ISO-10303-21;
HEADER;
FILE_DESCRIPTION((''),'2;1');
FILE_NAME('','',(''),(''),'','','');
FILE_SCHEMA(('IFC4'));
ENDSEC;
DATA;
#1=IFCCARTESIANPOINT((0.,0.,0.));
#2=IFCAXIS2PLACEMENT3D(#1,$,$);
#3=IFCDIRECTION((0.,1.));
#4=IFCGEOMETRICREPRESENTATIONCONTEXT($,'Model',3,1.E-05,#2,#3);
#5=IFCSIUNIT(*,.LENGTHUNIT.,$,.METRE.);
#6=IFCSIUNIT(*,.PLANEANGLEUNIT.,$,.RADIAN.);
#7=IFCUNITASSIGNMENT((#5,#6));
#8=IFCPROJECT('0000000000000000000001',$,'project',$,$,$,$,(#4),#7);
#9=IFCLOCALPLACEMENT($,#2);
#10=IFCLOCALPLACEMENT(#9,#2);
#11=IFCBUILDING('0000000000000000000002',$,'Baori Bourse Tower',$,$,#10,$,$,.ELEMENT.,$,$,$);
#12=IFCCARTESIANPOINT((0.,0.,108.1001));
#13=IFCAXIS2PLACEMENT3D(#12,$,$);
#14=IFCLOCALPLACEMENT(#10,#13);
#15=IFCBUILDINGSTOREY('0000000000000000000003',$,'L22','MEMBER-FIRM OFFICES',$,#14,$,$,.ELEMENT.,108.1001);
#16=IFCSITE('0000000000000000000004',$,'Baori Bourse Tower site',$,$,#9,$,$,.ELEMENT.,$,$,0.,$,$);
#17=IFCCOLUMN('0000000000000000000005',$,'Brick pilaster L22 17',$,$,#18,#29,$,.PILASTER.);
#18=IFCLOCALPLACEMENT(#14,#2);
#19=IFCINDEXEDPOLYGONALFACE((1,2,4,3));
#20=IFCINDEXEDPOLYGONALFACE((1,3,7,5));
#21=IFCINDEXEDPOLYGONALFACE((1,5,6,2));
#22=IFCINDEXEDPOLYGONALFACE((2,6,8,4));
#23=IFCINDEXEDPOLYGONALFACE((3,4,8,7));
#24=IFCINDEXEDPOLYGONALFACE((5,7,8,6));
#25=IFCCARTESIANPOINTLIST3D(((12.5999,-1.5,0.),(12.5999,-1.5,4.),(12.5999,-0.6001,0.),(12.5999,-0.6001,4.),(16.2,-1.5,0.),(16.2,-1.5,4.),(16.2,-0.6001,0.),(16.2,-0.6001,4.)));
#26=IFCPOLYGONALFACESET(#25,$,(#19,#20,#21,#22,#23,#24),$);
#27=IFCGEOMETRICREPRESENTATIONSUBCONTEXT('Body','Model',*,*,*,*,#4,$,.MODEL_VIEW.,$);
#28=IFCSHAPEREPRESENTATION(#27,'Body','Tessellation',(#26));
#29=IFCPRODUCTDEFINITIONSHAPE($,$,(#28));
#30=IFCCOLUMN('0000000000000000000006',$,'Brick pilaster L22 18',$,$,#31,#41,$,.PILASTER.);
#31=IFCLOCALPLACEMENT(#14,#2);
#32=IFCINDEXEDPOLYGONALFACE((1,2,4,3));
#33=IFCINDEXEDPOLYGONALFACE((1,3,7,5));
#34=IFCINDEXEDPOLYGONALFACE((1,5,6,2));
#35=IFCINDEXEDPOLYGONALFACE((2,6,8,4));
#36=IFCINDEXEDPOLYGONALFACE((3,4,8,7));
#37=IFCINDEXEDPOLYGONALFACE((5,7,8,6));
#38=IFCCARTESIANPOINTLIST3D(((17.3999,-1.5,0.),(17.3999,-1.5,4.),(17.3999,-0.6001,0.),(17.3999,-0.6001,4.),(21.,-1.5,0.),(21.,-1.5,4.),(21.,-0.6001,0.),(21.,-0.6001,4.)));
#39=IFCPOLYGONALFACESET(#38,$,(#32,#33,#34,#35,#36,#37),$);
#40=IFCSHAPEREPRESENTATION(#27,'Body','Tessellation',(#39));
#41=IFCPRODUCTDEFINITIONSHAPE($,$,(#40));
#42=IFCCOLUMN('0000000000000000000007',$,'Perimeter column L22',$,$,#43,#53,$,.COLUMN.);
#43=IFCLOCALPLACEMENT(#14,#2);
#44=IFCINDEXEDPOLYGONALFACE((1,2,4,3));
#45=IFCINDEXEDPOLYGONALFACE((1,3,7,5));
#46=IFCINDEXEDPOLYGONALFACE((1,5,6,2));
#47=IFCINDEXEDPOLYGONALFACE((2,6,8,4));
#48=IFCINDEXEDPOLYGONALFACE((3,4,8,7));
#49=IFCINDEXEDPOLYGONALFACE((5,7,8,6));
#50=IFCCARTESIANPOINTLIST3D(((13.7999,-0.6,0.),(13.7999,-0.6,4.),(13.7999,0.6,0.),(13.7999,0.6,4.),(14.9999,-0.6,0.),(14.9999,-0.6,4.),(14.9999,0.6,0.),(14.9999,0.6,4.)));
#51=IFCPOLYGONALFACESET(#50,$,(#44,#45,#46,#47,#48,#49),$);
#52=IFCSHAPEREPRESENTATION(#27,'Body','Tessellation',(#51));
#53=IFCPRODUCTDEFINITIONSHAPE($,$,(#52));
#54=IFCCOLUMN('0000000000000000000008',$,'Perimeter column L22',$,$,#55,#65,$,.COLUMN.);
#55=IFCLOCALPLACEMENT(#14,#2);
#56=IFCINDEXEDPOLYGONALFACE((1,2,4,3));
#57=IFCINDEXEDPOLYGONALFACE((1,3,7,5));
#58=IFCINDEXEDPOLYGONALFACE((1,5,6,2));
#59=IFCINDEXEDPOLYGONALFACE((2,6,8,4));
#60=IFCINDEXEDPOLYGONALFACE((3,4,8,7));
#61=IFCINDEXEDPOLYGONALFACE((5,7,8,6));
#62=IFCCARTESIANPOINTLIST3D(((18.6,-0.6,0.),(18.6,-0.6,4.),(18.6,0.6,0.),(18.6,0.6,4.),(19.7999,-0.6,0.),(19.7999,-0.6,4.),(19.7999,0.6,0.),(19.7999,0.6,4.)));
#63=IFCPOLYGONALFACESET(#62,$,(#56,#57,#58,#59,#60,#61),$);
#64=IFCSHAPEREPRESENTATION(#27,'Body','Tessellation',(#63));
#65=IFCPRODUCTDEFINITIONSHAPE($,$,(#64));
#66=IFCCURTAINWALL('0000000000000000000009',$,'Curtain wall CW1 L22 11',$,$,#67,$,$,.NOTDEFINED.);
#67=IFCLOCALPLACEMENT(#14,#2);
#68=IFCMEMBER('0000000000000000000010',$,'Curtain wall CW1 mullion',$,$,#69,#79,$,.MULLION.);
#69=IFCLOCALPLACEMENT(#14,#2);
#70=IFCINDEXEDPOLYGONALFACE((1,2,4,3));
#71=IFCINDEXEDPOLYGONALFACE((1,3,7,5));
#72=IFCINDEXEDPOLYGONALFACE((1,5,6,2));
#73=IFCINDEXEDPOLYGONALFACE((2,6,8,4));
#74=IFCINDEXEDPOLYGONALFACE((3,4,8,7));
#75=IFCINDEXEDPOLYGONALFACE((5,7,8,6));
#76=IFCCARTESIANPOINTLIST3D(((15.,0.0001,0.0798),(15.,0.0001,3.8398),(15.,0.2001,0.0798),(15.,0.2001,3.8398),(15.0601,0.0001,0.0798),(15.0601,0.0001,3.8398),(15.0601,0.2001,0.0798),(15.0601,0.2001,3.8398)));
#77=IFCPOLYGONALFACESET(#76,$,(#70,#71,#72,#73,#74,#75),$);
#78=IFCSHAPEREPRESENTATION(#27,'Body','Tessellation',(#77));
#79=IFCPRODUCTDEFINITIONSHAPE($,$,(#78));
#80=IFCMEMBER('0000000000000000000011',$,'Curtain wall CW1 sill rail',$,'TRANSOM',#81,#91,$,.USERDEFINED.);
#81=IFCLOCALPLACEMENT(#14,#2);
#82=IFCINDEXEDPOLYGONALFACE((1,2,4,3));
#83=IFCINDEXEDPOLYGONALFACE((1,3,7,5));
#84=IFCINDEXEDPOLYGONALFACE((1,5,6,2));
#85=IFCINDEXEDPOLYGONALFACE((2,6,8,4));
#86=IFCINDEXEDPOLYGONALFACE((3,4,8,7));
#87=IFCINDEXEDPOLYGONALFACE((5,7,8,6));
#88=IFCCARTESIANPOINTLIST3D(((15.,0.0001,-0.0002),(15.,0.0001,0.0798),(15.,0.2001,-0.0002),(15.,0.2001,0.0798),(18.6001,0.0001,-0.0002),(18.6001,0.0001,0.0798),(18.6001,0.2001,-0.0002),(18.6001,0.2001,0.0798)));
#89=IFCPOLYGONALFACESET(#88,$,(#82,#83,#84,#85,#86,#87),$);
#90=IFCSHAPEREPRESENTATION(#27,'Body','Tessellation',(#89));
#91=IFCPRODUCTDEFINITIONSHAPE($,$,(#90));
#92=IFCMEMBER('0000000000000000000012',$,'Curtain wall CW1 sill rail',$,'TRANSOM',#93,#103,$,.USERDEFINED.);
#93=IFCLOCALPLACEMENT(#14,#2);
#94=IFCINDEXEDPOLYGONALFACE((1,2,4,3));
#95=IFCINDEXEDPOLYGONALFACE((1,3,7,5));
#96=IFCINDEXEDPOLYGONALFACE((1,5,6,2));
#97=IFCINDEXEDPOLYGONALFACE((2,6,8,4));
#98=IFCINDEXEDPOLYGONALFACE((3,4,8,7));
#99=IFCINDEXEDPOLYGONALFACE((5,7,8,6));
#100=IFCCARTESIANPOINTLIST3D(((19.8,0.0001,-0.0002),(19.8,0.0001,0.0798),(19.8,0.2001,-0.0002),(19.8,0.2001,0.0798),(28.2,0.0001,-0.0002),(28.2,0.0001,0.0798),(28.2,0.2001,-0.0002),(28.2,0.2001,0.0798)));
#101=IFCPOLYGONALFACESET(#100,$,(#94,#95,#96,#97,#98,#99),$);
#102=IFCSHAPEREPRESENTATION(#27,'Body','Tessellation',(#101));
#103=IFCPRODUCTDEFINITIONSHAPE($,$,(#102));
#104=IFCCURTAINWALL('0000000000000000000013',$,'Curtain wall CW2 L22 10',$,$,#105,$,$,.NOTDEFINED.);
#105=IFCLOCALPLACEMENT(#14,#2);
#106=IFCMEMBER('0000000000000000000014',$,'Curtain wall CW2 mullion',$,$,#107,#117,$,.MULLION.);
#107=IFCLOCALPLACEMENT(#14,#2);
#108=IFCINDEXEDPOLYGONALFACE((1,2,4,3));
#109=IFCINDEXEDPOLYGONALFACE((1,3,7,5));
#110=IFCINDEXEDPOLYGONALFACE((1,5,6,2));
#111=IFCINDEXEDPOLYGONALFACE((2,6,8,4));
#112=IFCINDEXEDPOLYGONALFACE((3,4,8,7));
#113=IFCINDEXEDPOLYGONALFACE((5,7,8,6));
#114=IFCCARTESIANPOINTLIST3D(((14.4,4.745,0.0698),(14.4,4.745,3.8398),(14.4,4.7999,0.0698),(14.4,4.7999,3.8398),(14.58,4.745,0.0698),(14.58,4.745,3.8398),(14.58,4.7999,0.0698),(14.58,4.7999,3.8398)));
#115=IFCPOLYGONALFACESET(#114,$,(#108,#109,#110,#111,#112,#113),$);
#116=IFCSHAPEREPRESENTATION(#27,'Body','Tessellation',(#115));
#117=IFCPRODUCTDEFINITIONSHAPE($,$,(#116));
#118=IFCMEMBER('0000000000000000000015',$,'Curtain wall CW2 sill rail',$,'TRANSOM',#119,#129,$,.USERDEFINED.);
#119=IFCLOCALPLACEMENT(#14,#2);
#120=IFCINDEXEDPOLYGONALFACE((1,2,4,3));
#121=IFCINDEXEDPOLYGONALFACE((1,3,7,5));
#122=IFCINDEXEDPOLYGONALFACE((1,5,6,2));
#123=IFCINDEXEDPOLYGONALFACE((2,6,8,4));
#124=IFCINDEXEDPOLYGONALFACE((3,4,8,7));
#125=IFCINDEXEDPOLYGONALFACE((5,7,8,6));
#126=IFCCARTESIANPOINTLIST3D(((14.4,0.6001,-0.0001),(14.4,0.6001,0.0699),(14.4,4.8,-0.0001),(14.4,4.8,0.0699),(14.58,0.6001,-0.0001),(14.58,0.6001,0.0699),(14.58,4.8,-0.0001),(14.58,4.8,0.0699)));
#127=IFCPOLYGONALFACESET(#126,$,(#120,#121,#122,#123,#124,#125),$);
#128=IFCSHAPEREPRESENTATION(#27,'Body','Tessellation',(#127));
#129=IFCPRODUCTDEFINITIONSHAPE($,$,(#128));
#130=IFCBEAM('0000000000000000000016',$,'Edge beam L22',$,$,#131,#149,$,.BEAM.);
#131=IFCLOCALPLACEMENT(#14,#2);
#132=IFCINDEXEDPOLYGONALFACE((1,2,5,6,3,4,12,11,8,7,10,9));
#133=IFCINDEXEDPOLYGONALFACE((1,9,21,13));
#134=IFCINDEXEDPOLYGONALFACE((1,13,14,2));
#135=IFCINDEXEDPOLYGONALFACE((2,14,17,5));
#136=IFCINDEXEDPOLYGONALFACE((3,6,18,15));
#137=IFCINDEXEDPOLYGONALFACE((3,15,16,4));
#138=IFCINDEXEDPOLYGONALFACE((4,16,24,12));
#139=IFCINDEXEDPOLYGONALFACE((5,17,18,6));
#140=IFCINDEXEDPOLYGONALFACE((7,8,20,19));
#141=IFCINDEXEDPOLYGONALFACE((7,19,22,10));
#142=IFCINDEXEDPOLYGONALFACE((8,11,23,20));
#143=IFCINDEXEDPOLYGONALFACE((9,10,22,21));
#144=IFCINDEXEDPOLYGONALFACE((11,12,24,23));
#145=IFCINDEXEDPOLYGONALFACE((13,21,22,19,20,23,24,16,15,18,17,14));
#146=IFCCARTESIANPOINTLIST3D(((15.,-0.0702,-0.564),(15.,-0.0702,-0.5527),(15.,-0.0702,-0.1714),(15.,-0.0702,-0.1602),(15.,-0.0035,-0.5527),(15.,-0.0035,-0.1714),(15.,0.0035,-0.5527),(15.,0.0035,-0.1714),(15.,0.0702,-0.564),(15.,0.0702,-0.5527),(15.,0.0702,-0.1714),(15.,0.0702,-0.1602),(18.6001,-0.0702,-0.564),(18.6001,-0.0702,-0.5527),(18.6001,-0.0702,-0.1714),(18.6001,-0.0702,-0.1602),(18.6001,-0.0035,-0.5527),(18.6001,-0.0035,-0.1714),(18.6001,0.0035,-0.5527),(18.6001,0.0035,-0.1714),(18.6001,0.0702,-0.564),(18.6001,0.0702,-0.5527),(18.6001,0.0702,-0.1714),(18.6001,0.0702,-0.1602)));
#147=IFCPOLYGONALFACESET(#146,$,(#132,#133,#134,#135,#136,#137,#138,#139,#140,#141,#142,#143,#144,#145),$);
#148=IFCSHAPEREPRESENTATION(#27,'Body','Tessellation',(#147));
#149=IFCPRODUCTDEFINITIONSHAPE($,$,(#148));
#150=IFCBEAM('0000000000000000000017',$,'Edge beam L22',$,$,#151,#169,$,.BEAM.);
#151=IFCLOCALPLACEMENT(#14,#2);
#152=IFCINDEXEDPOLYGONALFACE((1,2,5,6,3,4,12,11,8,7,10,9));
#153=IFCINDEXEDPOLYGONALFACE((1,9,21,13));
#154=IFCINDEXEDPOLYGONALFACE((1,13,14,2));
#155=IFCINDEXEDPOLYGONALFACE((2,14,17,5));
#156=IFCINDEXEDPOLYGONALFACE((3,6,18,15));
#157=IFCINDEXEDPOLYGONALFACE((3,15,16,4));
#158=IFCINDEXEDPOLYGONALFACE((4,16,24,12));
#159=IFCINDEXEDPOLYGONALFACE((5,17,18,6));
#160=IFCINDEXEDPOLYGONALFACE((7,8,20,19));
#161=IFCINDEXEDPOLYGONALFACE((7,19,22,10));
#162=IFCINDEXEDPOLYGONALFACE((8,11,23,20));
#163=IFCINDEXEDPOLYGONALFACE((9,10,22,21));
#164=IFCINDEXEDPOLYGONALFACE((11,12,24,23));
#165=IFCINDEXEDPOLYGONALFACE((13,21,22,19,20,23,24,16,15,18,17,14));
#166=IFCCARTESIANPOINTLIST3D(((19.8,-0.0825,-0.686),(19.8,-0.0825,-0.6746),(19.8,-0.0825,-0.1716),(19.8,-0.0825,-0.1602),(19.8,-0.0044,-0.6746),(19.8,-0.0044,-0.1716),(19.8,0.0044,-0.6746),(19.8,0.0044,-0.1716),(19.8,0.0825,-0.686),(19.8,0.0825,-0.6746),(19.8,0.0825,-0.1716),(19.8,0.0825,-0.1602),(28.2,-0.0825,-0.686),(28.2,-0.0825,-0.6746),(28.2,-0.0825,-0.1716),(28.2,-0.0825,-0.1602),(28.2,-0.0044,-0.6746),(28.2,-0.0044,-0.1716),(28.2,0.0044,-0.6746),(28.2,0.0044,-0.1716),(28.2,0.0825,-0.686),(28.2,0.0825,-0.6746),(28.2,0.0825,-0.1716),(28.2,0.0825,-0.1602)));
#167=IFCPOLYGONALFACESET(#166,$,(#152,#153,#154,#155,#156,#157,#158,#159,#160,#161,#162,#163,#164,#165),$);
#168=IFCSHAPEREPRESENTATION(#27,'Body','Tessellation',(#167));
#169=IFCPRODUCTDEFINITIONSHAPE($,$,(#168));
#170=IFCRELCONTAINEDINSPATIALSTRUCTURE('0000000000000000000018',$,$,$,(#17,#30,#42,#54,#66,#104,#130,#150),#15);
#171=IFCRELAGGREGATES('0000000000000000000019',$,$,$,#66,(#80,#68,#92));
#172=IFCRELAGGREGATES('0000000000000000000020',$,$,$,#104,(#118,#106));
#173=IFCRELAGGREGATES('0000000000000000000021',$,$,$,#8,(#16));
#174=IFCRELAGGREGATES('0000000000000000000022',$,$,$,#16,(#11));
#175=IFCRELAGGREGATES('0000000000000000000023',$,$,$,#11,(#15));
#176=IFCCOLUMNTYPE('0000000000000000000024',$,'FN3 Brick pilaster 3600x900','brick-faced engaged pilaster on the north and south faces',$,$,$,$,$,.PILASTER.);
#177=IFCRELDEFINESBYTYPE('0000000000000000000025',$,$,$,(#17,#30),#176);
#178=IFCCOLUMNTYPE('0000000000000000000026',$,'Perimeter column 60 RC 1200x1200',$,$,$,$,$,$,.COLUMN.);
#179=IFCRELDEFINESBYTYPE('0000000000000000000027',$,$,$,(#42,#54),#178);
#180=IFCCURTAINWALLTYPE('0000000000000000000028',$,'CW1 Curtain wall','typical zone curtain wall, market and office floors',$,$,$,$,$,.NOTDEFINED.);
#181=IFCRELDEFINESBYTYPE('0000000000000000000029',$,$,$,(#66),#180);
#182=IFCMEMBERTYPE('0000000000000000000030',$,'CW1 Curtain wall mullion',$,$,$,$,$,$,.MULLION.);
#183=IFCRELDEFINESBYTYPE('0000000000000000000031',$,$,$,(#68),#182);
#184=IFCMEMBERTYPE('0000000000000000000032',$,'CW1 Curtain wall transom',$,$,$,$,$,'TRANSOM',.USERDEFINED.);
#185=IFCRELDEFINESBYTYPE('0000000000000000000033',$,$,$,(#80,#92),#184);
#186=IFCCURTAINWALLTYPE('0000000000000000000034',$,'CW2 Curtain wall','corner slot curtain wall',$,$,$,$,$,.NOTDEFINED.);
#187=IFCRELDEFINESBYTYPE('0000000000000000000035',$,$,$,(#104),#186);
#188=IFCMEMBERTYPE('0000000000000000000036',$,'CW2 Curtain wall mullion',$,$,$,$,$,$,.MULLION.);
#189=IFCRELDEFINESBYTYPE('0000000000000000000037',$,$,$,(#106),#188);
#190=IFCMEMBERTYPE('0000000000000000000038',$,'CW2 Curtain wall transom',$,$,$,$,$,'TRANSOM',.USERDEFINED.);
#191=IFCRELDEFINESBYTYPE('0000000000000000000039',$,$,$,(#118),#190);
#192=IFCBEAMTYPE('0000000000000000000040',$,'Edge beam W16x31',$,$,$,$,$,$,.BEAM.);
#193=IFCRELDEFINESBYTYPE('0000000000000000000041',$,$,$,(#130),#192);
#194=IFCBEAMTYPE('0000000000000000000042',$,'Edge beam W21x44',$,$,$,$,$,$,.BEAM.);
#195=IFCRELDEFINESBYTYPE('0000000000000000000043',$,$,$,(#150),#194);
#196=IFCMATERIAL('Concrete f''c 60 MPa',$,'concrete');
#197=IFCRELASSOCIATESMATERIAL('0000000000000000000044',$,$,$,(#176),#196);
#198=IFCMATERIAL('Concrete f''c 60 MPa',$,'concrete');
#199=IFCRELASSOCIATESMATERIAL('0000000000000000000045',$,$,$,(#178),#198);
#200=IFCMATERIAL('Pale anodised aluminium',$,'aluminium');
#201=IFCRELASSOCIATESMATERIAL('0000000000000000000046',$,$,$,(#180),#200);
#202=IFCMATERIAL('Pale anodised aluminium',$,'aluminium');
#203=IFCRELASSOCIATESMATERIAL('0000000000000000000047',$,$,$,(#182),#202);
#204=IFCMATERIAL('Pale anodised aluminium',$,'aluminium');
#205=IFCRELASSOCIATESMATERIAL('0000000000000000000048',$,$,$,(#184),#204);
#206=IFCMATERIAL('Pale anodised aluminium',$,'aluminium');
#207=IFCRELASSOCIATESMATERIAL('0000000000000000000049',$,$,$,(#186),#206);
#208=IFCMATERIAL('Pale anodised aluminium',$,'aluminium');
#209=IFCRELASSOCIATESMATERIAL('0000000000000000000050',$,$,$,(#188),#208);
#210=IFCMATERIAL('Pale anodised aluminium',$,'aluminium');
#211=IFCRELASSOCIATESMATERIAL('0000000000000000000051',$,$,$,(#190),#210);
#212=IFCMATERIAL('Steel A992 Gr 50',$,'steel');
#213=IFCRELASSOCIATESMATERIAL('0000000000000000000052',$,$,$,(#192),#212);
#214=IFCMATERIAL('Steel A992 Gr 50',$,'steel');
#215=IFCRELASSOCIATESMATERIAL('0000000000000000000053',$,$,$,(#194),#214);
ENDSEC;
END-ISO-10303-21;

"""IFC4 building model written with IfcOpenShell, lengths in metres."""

from ifc_helpers import new_model, si_unit, direction, frame, origin, origin_2d, place, context, subcontext, project, spatial, rectangle, i_section, extrude, material, material_profile, profile_set, type_object, element, aggregate, save


model = new_model("IFC4")

# Units and contexts
model_context = context("Model", 3, precision=1e-05, world=origin(), true_north=direction((0.0, 1.0)))
body_context = subcontext(model_context, "Body", "Model", "MODEL_VIEW")
ifc_project = project(units=[si_unit("LENGTHUNIT", "METRE"), si_unit("PLANEANGLEUNIT", "RADIAN")], contexts=[model_context])

# Site, building, storey
site_placement = place(None, origin())
site = spatial("IfcSite", under=ifc_project, at=site_placement, Name="Baori Bourse Tower site", CompositionType="ELEMENT", RefElevation=0.0)
building_placement = place(site_placement, origin())
building = spatial("IfcBuilding", under=site, at=building_placement, Name="Baori Bourse Tower", CompositionType="ELEMENT")
storey_placement = place(building_placement, frame((0.0, 0.0, 108.1001)))
storey = spatial("IfcBuildingStorey", under=building, at=storey_placement, Name="L22", Description="MEMBER-FIRM OFFICES", CompositionType="ELEMENT", Elevation=108.1001)

# Columns
ifc_material_1 = material(Name="Concrete f'c 60 MPa", Category="concrete")
ifc_material_profile_1 = material_profile(ifc_material_1, rectangle(XDim=3.6001, YDim=0.8999, at=origin_2d()), Name="RC 3600x900")
ifc_profile_set_1 = profile_set([ifc_material_profile_1], Name="Concrete f'c 60 MPa")
column_type_1 = type_object("IfcColumnType", Name="FN3 Brick pilaster 3600x900", Description="brick-faced engaged pilaster on the north and south faces", PredefinedType="PILASTER", material=ifc_profile_set_1)
for number, where, z_axis, x_axis, name in (
    (1, (14.3999, -1.05, 0.0), (0.0, 0.0, 1.0), (1.0, 0.0, 0.0), "Brick pilaster L22 17"),
    (2, (19.2, -1.05, 0.0), (0.0, 0.0, 1.0), (1.0, 0.0, 0.0), "Brick pilaster L22 18"),
):
    element("IfcColumn", number, at=place(storey_placement, frame(where, z_axis=z_axis, x_axis=x_axis)), inside=storey, type_object=column_type_1, Name=name, PredefinedType="PILASTER", context=body_context, shape_type="SweptSolid", body=[
        extrude(rectangle(XDim=3.6001, YDim=0.8999, at=origin_2d()), origin(), (0.0, 0.0, 1.0), 4.0),
    ])
ifc_material_2 = material(Name="Concrete f'c 60 MPa", Category="concrete")
ifc_material_profile_2 = material_profile(ifc_material_2, rectangle(XDim=1.2, YDim=1.2, at=origin_2d()), Name="RC 1200x1200")
ifc_profile_set_2 = profile_set([ifc_material_profile_2], Name="Concrete f'c 60 MPa")
column_type_2 = type_object("IfcColumnType", Name="Perimeter column 60 RC 1200x1200", PredefinedType="COLUMN", material=ifc_profile_set_2)
for number, where, z_axis, x_axis, name in (
    (3, (14.3999, 0.0, 0.0), (0.0, 0.0, 1.0), (1.0, 0.0, 0.0), "Perimeter column L22"),
    (4, (19.2, 0.0, 0.0), (0.0, 0.0, 1.0), (1.0, 0.0, 0.0), "Perimeter column L22"),
):
    element("IfcColumn", number, at=place(storey_placement, frame(where, z_axis=z_axis, x_axis=x_axis)), inside=storey, type_object=column_type_2, Name=name, PredefinedType="COLUMN", context=body_context, shape_type="SweptSolid", body=[
        extrude(rectangle(XDim=1.2, YDim=1.2, at=origin_2d()), origin(), (0.0, 0.0, 1.0), 4.0),
    ])

# Curtain walls, members
ifc_material_3 = material(Name="Pale anodised aluminium", Category="aluminium")
curtain_wall_type_1 = type_object("IfcCurtainWallType", Name="CW1 Curtain wall", Description="typical zone curtain wall, market and office floors", PredefinedType="NOTDEFINED", material=ifc_material_3)
curtain_wall_1_placement = place(storey_placement, origin())
curtain_wall_1 = element("IfcCurtainWall", 5, at=curtain_wall_1_placement, inside=storey, type_object=curtain_wall_type_1, Name="Curtain wall CW1 L22 11", PredefinedType="NOTDEFINED")
ifc_material_4 = material(Name="Pale anodised aluminium", Category="aluminium")
ifc_material_profile_3 = material_profile(ifc_material_4, rectangle(XDim=0.2, YDim=0.0601, at=origin_2d()), Name="Mullion 60x200")
ifc_profile_set_3 = profile_set([ifc_material_profile_3], Name="Pale anodised aluminium")
member_type_1 = type_object("IfcMemberType", Name="CW1 Curtain wall mullion", PredefinedType="MULLION", material=ifc_profile_set_3)
member_1_placement = place(storey_placement, frame((15.03, 0.1001, 0.0798), z_axis=(0.0, 0.0, 1.0), x_axis=(0.0, 1.0, 0.0)))
member_1 = element("IfcMember", 6, at=member_1_placement, type_object=member_type_1, Name="Curtain wall CW1 mullion", PredefinedType="MULLION", context=body_context, shape_type="SweptSolid", body=[
    extrude(rectangle(XDim=0.2, YDim=0.0601, at=origin_2d()), origin(), (0.0, 0.0, 1.0), 3.76),
])
ifc_material_5 = material(Name="Pale anodised aluminium", Category="aluminium")
ifc_material_profile_4 = material_profile(ifc_material_5, rectangle(XDim=0.2, YDim=0.0801, at=origin_2d()), Name="Transom 80x200")
ifc_profile_set_4 = profile_set([ifc_material_profile_4], Name="Pale anodised aluminium")
member_type_2 = type_object("IfcMemberType", Name="CW1 Curtain wall transom", ElementType="TRANSOM", PredefinedType="USERDEFINED", material=ifc_profile_set_4)
member_2_placement = place(storey_placement, frame((15.0, 0.1001, 0.0398), z_axis=(1.0, 0.0, 0.0), x_axis=(0.0, 1.0, 0.0)))
member_2 = element("IfcMember", 7, at=member_2_placement, type_object=member_type_2, Name="Curtain wall CW1 sill rail", ObjectType="TRANSOM", PredefinedType="USERDEFINED", context=body_context, shape_type="SweptSolid", body=[
    extrude(rectangle(XDim=0.2, YDim=0.0801, at=origin_2d()), origin(), (0.0, 0.0, 1.0), 3.6001),
])
member_3_placement = place(storey_placement, frame((19.8, 0.1001, 0.0398), z_axis=(1.0, 0.0, 0.0), x_axis=(0.0, 1.0, 0.0)))
member_3 = element("IfcMember", 8, at=member_3_placement, type_object=member_type_2, Name="Curtain wall CW1 sill rail", ObjectType="TRANSOM", PredefinedType="USERDEFINED", context=body_context, shape_type="SweptSolid", body=[
    extrude(rectangle(XDim=0.2, YDim=0.0801, at=origin_2d()), origin(), (0.0, 0.0, 1.0), 8.3999),
])
ifc_material_6 = material(Name="Pale anodised aluminium", Category="aluminium")
curtain_wall_type_2 = type_object("IfcCurtainWallType", Name="CW2 Curtain wall", Description="corner slot curtain wall", PredefinedType="NOTDEFINED", material=ifc_material_6)
curtain_wall_2_placement = place(storey_placement, origin())
curtain_wall_2 = element("IfcCurtainWall", 9, at=curtain_wall_2_placement, inside=storey, type_object=curtain_wall_type_2, Name="Curtain wall CW2 L22 10", PredefinedType="NOTDEFINED")
ifc_material_7 = material(Name="Pale anodised aluminium", Category="aluminium")
ifc_material_profile_5 = material_profile(ifc_material_7, rectangle(XDim=0.1799, YDim=0.0549, at=origin_2d()), Name="Mullion 55x180")
ifc_profile_set_5 = profile_set([ifc_material_profile_5], Name="Pale anodised aluminium")
member_type_3 = type_object("IfcMemberType", Name="CW2 Curtain wall mullion", PredefinedType="MULLION", material=ifc_profile_set_5)
member_4_placement = place(storey_placement, frame((14.49, 4.7725, 0.0698), z_axis=(0.0, 0.0, 1.0), x_axis=(1.0, 0.0, 0.0)))
member_4 = element("IfcMember", 10, at=member_4_placement, type_object=member_type_3, Name="Curtain wall CW2 mullion", PredefinedType="MULLION", context=body_context, shape_type="SweptSolid", body=[
    extrude(rectangle(XDim=0.1799, YDim=0.0549, at=origin_2d()), origin(), (0.0, 0.0, 1.0), 3.77),
])
ifc_material_8 = material(Name="Pale anodised aluminium", Category="aluminium")
ifc_material_profile_6 = material_profile(ifc_material_8, rectangle(XDim=0.1799, YDim=0.0701, at=origin_2d()), Name="Transom 70x180")
ifc_profile_set_6 = profile_set([ifc_material_profile_6], Name="Pale anodised aluminium")
member_type_4 = type_object("IfcMemberType", Name="CW2 Curtain wall transom", ElementType="TRANSOM", PredefinedType="USERDEFINED", material=ifc_profile_set_6)
member_5_placement = place(storey_placement, frame((14.49, 4.8, 0.0349), z_axis=(0.0, -1.0, 0.0), x_axis=(1.0, 0.0, 0.0)))
member_5 = element("IfcMember", 11, at=member_5_placement, type_object=member_type_4, Name="Curtain wall CW2 sill rail", ObjectType="TRANSOM", PredefinedType="USERDEFINED", context=body_context, shape_type="SweptSolid", body=[
    extrude(rectangle(XDim=0.1799, YDim=0.0701, at=origin_2d()), origin(), (0.0, 0.0, 1.0), 4.2),
])

# Beams
ifc_material_9 = material(Name="Steel A992 Gr 50", Category="steel")
ifc_material_profile_7 = material_profile(ifc_material_9, i_section(OverallWidth=0.1404, OverallDepth=0.4038, WebThickness=0.0071, FlangeThickness=0.0112, at=origin_2d()), Name="W16x31")
ifc_profile_set_7 = profile_set([ifc_material_profile_7], Name="Steel A992 Gr 50")
beam_type_1 = type_object("IfcBeamType", Name="Edge beam W16x31", PredefinedType="BEAM", material=ifc_profile_set_7)
beam_1_placement = place(storey_placement, frame((15.0, 0.0, -0.3621), z_axis=(1.0, 0.0, 0.0), x_axis=(0.0, 1.0, 0.0)))
element("IfcBeam", 12, at=beam_1_placement, inside=storey, type_object=beam_type_1, Name="Edge beam L22", PredefinedType="BEAM", context=body_context, shape_type="SweptSolid", body=[
    extrude(i_section(OverallWidth=0.1404, OverallDepth=0.4038, WebThickness=0.0071, FlangeThickness=0.0112, at=origin_2d()), origin(), (0.0, 0.0, 1.0), 3.6001),
])
ifc_material_10 = material(Name="Steel A992 Gr 50", Category="steel")
ifc_material_profile_8 = material_profile(ifc_material_10, i_section(OverallWidth=0.165, OverallDepth=0.5259, WebThickness=0.0088, FlangeThickness=0.0115, at=origin_2d()), Name="W21x44")
ifc_profile_set_8 = profile_set([ifc_material_profile_8], Name="Steel A992 Gr 50")
beam_type_2 = type_object("IfcBeamType", Name="Edge beam W21x44", PredefinedType="BEAM", material=ifc_profile_set_8)
beam_2_placement = place(storey_placement, frame((19.8, 0.0, -0.4231), z_axis=(1.0, 0.0, 0.0), x_axis=(0.0, 1.0, 0.0)))
element("IfcBeam", 13, at=beam_2_placement, inside=storey, type_object=beam_type_2, Name="Edge beam L22", PredefinedType="BEAM", context=body_context, shape_type="SweptSolid", body=[
    extrude(i_section(OverallWidth=0.165, OverallDepth=0.5259, WebThickness=0.0088, FlangeThickness=0.0115, at=origin_2d()), origin(), (0.0, 0.0, 1.0), 8.3999),
])

aggregate(curtain_wall_1, [member_2, member_1, member_3])
aggregate(curtain_wall_2, [member_5, member_4])

save(model, "model.ifc")
